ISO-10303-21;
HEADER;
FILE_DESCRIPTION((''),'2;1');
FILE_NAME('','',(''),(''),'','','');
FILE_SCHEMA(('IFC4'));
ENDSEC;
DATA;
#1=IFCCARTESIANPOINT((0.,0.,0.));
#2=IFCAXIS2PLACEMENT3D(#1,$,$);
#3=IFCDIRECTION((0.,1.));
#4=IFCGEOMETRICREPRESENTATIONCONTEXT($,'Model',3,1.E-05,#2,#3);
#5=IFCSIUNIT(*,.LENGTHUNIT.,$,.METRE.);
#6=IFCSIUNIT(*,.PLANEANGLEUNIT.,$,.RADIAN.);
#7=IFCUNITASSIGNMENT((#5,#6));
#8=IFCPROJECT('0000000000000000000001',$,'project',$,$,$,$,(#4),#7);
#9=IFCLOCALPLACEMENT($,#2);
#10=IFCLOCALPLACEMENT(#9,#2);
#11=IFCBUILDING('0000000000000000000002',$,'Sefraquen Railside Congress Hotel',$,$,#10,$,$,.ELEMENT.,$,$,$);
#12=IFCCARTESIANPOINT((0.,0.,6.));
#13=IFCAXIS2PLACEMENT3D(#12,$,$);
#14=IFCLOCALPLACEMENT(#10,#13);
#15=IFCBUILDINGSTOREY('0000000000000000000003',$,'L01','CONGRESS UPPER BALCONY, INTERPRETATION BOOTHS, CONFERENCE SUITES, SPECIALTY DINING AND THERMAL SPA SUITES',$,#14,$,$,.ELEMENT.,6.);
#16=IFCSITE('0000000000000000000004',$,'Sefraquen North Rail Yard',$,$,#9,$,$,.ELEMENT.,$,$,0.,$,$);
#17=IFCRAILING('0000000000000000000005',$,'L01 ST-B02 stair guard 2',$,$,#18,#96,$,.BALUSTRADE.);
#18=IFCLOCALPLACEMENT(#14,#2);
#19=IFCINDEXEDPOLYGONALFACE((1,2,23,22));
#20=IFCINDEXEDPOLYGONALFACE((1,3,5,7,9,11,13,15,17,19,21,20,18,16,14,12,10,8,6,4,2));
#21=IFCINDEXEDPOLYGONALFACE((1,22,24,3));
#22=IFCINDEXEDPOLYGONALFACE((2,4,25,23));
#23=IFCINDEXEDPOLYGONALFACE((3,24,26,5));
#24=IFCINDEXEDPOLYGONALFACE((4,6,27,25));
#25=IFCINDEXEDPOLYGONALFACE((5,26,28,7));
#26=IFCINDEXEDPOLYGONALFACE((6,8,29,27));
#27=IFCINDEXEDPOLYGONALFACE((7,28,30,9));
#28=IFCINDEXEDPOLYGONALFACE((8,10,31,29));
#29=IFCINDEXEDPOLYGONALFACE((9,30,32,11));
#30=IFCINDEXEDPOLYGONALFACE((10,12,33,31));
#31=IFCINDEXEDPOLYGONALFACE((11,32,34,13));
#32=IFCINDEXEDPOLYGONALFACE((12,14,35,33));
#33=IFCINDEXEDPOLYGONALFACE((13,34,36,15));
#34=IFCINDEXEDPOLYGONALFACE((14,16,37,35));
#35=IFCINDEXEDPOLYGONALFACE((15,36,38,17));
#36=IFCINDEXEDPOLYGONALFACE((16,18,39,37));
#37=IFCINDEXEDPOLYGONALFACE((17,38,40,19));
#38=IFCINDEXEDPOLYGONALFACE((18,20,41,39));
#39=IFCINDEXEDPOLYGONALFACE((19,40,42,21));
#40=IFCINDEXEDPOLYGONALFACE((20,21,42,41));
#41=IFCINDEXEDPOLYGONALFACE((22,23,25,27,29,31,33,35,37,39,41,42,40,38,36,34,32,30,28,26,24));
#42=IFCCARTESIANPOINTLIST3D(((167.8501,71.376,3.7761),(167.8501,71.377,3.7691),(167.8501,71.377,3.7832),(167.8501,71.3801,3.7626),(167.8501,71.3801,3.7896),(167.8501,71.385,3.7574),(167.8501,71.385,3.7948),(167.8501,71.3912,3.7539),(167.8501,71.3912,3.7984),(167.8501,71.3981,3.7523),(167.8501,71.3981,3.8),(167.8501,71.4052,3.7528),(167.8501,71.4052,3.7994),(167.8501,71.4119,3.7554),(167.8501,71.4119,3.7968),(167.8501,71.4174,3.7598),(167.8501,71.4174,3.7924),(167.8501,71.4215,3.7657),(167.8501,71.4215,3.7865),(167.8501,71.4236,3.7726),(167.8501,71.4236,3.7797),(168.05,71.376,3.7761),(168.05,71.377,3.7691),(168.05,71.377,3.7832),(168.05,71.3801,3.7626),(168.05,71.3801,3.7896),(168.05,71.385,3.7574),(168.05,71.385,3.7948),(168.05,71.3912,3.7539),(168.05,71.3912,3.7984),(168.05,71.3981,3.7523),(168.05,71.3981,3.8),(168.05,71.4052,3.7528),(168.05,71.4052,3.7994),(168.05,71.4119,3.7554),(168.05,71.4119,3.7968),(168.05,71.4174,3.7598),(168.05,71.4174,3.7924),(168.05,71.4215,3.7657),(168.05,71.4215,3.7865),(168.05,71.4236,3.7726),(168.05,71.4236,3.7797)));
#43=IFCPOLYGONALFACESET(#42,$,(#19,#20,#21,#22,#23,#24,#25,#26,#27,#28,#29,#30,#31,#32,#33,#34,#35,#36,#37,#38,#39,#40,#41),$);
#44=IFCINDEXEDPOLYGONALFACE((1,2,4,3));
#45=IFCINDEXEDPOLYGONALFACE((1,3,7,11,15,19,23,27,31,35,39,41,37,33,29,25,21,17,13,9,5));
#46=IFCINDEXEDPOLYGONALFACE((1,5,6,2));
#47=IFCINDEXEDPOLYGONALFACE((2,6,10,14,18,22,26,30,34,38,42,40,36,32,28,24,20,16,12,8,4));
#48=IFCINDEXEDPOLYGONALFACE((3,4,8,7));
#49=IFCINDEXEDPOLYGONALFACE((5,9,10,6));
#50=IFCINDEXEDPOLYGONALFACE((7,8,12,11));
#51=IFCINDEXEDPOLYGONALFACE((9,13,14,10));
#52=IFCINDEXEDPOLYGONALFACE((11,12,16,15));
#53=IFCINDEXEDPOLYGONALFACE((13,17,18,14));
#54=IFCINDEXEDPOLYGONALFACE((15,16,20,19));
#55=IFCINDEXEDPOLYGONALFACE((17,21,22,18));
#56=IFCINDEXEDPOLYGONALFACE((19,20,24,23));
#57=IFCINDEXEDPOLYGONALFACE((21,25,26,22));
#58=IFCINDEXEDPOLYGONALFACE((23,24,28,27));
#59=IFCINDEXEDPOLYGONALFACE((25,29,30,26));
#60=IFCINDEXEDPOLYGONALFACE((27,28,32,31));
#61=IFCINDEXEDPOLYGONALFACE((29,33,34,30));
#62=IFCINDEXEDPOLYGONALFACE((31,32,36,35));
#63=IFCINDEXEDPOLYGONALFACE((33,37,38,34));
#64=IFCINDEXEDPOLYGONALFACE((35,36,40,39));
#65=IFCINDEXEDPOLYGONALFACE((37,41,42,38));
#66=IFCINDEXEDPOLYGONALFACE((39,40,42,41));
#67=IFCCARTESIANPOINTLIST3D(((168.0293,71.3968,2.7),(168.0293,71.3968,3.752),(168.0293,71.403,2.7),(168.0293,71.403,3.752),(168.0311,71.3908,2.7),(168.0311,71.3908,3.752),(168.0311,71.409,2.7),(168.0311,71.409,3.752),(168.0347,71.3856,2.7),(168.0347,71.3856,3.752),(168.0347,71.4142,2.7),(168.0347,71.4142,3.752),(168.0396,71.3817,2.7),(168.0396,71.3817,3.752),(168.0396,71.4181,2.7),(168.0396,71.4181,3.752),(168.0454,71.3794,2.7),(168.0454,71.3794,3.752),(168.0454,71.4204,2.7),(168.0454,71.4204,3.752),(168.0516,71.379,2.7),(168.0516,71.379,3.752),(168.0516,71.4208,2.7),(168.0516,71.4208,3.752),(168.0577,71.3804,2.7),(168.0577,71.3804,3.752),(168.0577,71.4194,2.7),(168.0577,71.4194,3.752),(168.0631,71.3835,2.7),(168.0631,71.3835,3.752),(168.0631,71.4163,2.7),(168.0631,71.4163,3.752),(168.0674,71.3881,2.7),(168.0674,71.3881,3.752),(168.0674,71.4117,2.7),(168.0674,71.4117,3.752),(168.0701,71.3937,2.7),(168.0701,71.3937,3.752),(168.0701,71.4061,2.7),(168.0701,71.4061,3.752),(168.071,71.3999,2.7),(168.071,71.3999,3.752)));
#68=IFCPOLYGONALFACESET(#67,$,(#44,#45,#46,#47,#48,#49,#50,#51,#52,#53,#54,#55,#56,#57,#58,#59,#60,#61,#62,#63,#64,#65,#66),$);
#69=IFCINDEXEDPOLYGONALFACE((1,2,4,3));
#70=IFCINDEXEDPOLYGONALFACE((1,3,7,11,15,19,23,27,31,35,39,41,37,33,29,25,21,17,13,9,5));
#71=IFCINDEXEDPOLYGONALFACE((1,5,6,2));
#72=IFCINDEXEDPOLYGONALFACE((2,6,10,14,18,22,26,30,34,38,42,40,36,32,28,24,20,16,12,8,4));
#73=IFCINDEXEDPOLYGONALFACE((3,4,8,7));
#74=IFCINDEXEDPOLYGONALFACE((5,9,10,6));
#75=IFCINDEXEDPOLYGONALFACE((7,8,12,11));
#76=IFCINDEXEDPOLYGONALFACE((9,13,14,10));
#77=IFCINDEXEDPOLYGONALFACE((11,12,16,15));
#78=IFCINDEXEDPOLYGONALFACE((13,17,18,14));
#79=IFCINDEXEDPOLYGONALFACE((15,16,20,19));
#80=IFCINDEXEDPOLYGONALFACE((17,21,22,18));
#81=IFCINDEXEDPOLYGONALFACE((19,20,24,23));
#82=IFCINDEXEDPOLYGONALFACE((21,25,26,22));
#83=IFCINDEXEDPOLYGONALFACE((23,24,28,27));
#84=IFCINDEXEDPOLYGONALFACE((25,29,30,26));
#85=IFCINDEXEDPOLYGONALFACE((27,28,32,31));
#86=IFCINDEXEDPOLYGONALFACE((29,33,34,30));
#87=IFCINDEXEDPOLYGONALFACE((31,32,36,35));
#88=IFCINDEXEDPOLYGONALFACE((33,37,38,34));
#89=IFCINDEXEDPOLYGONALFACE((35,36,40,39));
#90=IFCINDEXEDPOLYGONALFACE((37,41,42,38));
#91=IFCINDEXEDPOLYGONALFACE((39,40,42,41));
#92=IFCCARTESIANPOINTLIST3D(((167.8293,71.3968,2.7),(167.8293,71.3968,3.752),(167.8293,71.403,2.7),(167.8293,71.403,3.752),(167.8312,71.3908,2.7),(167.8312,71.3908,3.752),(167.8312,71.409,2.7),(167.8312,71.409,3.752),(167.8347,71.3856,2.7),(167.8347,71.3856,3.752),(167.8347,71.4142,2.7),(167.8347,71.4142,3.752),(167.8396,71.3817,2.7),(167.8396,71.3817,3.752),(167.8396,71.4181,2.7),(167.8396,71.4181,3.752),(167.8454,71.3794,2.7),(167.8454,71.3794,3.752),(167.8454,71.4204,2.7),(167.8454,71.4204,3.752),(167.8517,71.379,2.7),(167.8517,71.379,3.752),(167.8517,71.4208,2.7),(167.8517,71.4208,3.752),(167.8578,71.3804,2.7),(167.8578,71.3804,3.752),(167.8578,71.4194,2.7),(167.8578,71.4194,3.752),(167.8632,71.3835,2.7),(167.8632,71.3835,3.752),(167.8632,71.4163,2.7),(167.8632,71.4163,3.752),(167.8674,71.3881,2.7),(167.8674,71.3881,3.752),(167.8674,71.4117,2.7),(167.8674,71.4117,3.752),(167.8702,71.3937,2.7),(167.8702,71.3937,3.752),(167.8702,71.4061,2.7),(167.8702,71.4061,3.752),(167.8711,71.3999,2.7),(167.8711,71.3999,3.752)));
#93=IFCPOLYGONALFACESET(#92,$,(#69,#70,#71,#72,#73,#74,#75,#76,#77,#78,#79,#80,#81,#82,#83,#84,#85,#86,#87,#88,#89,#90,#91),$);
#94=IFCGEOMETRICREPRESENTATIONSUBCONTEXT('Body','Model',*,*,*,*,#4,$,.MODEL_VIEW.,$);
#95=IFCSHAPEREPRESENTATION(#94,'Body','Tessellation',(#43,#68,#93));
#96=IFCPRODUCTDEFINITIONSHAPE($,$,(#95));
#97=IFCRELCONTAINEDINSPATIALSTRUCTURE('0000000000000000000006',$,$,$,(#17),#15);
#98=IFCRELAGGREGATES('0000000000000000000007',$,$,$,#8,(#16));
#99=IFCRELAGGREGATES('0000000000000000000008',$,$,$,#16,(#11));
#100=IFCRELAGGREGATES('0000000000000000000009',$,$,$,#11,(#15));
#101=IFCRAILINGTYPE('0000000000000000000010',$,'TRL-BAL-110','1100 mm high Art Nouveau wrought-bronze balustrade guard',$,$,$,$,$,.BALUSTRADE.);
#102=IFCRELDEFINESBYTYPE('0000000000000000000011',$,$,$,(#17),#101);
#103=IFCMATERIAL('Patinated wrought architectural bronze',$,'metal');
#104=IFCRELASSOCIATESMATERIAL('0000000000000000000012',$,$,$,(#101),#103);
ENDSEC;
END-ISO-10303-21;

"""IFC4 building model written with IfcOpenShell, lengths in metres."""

from ifc_helpers import new_model, si_unit, direction, frame, origin, origin_2d, place, context, subcontext, project, spatial, circle, extrude, material, type_object, element, save


model = new_model("IFC4")

# Units and contexts
model_context = context("Model", 3, precision=1e-05, world=origin(), true_north=direction((0.0, 1.0)))
body_context = subcontext(model_context, "Body", "Model", "MODEL_VIEW")
ifc_project = project(units=[si_unit("LENGTHUNIT", "METRE"), si_unit("PLANEANGLEUNIT", "RADIAN")], contexts=[model_context])

# Site, building, storey
site_placement = place(None, origin())
site = spatial("IfcSite", under=ifc_project, at=site_placement, Name="Sefraquen North Rail Yard", CompositionType="ELEMENT", RefElevation=0.0)
building_placement = place(site_placement, origin())
building = spatial("IfcBuilding", under=site, at=building_placement, Name="Sefraquen Railside Congress Hotel", CompositionType="ELEMENT")
storey_placement = place(building_placement, frame((0.0, 0.0, 6.0)))
storey = spatial("IfcBuildingStorey", under=building, at=storey_placement, Name="L01", Description="CONGRESS UPPER BALCONY, INTERPRETATION BOOTHS, CONFERENCE SUITES, SPECIALTY DINING AND THERMAL SPA SUITES", CompositionType="ELEMENT", Elevation=6.0)

# Railing
ifc_material_1 = material(Name="Patinated wrought architectural bronze", Category="metal")
railing_type_1 = type_object("IfcRailingType", Name="TRL-BAL-110", Description="1100 mm high Art Nouveau wrought-bronze balustrade guard", PredefinedType="BALUSTRADE", material=ifc_material_1)
railing_1_placement = place(storey_placement, frame((168.05, 71.3999, 2.7)))
element("IfcRailing", 1, at=railing_1_placement, inside=storey, type_object=railing_type_1, Name="L01 ST-B02 stair guard 2", PredefinedType="BALUSTRADE", context=body_context, shape_type="SweptSolid", body=[
    extrude(circle(Radius=0.0239, at=origin_2d()), frame((0.0, 0.0, 1.0762), z_axis=(-1.0, 0.0, 0.0), x_axis=(0.0, -1.0, 0.0)), (0.0, 0.0, 1.0), 0.2),
    extrude(circle(Radius=0.021, at=origin_2d()), origin(), (0.0, 0.0, 1.0), 1.052),
    extrude(circle(Radius=0.021, at=origin_2d()), frame((-0.2, 0.0, 0.0)), (0.0, 0.0, 1.0), 1.052),
])

save(model, "model.ifc")
